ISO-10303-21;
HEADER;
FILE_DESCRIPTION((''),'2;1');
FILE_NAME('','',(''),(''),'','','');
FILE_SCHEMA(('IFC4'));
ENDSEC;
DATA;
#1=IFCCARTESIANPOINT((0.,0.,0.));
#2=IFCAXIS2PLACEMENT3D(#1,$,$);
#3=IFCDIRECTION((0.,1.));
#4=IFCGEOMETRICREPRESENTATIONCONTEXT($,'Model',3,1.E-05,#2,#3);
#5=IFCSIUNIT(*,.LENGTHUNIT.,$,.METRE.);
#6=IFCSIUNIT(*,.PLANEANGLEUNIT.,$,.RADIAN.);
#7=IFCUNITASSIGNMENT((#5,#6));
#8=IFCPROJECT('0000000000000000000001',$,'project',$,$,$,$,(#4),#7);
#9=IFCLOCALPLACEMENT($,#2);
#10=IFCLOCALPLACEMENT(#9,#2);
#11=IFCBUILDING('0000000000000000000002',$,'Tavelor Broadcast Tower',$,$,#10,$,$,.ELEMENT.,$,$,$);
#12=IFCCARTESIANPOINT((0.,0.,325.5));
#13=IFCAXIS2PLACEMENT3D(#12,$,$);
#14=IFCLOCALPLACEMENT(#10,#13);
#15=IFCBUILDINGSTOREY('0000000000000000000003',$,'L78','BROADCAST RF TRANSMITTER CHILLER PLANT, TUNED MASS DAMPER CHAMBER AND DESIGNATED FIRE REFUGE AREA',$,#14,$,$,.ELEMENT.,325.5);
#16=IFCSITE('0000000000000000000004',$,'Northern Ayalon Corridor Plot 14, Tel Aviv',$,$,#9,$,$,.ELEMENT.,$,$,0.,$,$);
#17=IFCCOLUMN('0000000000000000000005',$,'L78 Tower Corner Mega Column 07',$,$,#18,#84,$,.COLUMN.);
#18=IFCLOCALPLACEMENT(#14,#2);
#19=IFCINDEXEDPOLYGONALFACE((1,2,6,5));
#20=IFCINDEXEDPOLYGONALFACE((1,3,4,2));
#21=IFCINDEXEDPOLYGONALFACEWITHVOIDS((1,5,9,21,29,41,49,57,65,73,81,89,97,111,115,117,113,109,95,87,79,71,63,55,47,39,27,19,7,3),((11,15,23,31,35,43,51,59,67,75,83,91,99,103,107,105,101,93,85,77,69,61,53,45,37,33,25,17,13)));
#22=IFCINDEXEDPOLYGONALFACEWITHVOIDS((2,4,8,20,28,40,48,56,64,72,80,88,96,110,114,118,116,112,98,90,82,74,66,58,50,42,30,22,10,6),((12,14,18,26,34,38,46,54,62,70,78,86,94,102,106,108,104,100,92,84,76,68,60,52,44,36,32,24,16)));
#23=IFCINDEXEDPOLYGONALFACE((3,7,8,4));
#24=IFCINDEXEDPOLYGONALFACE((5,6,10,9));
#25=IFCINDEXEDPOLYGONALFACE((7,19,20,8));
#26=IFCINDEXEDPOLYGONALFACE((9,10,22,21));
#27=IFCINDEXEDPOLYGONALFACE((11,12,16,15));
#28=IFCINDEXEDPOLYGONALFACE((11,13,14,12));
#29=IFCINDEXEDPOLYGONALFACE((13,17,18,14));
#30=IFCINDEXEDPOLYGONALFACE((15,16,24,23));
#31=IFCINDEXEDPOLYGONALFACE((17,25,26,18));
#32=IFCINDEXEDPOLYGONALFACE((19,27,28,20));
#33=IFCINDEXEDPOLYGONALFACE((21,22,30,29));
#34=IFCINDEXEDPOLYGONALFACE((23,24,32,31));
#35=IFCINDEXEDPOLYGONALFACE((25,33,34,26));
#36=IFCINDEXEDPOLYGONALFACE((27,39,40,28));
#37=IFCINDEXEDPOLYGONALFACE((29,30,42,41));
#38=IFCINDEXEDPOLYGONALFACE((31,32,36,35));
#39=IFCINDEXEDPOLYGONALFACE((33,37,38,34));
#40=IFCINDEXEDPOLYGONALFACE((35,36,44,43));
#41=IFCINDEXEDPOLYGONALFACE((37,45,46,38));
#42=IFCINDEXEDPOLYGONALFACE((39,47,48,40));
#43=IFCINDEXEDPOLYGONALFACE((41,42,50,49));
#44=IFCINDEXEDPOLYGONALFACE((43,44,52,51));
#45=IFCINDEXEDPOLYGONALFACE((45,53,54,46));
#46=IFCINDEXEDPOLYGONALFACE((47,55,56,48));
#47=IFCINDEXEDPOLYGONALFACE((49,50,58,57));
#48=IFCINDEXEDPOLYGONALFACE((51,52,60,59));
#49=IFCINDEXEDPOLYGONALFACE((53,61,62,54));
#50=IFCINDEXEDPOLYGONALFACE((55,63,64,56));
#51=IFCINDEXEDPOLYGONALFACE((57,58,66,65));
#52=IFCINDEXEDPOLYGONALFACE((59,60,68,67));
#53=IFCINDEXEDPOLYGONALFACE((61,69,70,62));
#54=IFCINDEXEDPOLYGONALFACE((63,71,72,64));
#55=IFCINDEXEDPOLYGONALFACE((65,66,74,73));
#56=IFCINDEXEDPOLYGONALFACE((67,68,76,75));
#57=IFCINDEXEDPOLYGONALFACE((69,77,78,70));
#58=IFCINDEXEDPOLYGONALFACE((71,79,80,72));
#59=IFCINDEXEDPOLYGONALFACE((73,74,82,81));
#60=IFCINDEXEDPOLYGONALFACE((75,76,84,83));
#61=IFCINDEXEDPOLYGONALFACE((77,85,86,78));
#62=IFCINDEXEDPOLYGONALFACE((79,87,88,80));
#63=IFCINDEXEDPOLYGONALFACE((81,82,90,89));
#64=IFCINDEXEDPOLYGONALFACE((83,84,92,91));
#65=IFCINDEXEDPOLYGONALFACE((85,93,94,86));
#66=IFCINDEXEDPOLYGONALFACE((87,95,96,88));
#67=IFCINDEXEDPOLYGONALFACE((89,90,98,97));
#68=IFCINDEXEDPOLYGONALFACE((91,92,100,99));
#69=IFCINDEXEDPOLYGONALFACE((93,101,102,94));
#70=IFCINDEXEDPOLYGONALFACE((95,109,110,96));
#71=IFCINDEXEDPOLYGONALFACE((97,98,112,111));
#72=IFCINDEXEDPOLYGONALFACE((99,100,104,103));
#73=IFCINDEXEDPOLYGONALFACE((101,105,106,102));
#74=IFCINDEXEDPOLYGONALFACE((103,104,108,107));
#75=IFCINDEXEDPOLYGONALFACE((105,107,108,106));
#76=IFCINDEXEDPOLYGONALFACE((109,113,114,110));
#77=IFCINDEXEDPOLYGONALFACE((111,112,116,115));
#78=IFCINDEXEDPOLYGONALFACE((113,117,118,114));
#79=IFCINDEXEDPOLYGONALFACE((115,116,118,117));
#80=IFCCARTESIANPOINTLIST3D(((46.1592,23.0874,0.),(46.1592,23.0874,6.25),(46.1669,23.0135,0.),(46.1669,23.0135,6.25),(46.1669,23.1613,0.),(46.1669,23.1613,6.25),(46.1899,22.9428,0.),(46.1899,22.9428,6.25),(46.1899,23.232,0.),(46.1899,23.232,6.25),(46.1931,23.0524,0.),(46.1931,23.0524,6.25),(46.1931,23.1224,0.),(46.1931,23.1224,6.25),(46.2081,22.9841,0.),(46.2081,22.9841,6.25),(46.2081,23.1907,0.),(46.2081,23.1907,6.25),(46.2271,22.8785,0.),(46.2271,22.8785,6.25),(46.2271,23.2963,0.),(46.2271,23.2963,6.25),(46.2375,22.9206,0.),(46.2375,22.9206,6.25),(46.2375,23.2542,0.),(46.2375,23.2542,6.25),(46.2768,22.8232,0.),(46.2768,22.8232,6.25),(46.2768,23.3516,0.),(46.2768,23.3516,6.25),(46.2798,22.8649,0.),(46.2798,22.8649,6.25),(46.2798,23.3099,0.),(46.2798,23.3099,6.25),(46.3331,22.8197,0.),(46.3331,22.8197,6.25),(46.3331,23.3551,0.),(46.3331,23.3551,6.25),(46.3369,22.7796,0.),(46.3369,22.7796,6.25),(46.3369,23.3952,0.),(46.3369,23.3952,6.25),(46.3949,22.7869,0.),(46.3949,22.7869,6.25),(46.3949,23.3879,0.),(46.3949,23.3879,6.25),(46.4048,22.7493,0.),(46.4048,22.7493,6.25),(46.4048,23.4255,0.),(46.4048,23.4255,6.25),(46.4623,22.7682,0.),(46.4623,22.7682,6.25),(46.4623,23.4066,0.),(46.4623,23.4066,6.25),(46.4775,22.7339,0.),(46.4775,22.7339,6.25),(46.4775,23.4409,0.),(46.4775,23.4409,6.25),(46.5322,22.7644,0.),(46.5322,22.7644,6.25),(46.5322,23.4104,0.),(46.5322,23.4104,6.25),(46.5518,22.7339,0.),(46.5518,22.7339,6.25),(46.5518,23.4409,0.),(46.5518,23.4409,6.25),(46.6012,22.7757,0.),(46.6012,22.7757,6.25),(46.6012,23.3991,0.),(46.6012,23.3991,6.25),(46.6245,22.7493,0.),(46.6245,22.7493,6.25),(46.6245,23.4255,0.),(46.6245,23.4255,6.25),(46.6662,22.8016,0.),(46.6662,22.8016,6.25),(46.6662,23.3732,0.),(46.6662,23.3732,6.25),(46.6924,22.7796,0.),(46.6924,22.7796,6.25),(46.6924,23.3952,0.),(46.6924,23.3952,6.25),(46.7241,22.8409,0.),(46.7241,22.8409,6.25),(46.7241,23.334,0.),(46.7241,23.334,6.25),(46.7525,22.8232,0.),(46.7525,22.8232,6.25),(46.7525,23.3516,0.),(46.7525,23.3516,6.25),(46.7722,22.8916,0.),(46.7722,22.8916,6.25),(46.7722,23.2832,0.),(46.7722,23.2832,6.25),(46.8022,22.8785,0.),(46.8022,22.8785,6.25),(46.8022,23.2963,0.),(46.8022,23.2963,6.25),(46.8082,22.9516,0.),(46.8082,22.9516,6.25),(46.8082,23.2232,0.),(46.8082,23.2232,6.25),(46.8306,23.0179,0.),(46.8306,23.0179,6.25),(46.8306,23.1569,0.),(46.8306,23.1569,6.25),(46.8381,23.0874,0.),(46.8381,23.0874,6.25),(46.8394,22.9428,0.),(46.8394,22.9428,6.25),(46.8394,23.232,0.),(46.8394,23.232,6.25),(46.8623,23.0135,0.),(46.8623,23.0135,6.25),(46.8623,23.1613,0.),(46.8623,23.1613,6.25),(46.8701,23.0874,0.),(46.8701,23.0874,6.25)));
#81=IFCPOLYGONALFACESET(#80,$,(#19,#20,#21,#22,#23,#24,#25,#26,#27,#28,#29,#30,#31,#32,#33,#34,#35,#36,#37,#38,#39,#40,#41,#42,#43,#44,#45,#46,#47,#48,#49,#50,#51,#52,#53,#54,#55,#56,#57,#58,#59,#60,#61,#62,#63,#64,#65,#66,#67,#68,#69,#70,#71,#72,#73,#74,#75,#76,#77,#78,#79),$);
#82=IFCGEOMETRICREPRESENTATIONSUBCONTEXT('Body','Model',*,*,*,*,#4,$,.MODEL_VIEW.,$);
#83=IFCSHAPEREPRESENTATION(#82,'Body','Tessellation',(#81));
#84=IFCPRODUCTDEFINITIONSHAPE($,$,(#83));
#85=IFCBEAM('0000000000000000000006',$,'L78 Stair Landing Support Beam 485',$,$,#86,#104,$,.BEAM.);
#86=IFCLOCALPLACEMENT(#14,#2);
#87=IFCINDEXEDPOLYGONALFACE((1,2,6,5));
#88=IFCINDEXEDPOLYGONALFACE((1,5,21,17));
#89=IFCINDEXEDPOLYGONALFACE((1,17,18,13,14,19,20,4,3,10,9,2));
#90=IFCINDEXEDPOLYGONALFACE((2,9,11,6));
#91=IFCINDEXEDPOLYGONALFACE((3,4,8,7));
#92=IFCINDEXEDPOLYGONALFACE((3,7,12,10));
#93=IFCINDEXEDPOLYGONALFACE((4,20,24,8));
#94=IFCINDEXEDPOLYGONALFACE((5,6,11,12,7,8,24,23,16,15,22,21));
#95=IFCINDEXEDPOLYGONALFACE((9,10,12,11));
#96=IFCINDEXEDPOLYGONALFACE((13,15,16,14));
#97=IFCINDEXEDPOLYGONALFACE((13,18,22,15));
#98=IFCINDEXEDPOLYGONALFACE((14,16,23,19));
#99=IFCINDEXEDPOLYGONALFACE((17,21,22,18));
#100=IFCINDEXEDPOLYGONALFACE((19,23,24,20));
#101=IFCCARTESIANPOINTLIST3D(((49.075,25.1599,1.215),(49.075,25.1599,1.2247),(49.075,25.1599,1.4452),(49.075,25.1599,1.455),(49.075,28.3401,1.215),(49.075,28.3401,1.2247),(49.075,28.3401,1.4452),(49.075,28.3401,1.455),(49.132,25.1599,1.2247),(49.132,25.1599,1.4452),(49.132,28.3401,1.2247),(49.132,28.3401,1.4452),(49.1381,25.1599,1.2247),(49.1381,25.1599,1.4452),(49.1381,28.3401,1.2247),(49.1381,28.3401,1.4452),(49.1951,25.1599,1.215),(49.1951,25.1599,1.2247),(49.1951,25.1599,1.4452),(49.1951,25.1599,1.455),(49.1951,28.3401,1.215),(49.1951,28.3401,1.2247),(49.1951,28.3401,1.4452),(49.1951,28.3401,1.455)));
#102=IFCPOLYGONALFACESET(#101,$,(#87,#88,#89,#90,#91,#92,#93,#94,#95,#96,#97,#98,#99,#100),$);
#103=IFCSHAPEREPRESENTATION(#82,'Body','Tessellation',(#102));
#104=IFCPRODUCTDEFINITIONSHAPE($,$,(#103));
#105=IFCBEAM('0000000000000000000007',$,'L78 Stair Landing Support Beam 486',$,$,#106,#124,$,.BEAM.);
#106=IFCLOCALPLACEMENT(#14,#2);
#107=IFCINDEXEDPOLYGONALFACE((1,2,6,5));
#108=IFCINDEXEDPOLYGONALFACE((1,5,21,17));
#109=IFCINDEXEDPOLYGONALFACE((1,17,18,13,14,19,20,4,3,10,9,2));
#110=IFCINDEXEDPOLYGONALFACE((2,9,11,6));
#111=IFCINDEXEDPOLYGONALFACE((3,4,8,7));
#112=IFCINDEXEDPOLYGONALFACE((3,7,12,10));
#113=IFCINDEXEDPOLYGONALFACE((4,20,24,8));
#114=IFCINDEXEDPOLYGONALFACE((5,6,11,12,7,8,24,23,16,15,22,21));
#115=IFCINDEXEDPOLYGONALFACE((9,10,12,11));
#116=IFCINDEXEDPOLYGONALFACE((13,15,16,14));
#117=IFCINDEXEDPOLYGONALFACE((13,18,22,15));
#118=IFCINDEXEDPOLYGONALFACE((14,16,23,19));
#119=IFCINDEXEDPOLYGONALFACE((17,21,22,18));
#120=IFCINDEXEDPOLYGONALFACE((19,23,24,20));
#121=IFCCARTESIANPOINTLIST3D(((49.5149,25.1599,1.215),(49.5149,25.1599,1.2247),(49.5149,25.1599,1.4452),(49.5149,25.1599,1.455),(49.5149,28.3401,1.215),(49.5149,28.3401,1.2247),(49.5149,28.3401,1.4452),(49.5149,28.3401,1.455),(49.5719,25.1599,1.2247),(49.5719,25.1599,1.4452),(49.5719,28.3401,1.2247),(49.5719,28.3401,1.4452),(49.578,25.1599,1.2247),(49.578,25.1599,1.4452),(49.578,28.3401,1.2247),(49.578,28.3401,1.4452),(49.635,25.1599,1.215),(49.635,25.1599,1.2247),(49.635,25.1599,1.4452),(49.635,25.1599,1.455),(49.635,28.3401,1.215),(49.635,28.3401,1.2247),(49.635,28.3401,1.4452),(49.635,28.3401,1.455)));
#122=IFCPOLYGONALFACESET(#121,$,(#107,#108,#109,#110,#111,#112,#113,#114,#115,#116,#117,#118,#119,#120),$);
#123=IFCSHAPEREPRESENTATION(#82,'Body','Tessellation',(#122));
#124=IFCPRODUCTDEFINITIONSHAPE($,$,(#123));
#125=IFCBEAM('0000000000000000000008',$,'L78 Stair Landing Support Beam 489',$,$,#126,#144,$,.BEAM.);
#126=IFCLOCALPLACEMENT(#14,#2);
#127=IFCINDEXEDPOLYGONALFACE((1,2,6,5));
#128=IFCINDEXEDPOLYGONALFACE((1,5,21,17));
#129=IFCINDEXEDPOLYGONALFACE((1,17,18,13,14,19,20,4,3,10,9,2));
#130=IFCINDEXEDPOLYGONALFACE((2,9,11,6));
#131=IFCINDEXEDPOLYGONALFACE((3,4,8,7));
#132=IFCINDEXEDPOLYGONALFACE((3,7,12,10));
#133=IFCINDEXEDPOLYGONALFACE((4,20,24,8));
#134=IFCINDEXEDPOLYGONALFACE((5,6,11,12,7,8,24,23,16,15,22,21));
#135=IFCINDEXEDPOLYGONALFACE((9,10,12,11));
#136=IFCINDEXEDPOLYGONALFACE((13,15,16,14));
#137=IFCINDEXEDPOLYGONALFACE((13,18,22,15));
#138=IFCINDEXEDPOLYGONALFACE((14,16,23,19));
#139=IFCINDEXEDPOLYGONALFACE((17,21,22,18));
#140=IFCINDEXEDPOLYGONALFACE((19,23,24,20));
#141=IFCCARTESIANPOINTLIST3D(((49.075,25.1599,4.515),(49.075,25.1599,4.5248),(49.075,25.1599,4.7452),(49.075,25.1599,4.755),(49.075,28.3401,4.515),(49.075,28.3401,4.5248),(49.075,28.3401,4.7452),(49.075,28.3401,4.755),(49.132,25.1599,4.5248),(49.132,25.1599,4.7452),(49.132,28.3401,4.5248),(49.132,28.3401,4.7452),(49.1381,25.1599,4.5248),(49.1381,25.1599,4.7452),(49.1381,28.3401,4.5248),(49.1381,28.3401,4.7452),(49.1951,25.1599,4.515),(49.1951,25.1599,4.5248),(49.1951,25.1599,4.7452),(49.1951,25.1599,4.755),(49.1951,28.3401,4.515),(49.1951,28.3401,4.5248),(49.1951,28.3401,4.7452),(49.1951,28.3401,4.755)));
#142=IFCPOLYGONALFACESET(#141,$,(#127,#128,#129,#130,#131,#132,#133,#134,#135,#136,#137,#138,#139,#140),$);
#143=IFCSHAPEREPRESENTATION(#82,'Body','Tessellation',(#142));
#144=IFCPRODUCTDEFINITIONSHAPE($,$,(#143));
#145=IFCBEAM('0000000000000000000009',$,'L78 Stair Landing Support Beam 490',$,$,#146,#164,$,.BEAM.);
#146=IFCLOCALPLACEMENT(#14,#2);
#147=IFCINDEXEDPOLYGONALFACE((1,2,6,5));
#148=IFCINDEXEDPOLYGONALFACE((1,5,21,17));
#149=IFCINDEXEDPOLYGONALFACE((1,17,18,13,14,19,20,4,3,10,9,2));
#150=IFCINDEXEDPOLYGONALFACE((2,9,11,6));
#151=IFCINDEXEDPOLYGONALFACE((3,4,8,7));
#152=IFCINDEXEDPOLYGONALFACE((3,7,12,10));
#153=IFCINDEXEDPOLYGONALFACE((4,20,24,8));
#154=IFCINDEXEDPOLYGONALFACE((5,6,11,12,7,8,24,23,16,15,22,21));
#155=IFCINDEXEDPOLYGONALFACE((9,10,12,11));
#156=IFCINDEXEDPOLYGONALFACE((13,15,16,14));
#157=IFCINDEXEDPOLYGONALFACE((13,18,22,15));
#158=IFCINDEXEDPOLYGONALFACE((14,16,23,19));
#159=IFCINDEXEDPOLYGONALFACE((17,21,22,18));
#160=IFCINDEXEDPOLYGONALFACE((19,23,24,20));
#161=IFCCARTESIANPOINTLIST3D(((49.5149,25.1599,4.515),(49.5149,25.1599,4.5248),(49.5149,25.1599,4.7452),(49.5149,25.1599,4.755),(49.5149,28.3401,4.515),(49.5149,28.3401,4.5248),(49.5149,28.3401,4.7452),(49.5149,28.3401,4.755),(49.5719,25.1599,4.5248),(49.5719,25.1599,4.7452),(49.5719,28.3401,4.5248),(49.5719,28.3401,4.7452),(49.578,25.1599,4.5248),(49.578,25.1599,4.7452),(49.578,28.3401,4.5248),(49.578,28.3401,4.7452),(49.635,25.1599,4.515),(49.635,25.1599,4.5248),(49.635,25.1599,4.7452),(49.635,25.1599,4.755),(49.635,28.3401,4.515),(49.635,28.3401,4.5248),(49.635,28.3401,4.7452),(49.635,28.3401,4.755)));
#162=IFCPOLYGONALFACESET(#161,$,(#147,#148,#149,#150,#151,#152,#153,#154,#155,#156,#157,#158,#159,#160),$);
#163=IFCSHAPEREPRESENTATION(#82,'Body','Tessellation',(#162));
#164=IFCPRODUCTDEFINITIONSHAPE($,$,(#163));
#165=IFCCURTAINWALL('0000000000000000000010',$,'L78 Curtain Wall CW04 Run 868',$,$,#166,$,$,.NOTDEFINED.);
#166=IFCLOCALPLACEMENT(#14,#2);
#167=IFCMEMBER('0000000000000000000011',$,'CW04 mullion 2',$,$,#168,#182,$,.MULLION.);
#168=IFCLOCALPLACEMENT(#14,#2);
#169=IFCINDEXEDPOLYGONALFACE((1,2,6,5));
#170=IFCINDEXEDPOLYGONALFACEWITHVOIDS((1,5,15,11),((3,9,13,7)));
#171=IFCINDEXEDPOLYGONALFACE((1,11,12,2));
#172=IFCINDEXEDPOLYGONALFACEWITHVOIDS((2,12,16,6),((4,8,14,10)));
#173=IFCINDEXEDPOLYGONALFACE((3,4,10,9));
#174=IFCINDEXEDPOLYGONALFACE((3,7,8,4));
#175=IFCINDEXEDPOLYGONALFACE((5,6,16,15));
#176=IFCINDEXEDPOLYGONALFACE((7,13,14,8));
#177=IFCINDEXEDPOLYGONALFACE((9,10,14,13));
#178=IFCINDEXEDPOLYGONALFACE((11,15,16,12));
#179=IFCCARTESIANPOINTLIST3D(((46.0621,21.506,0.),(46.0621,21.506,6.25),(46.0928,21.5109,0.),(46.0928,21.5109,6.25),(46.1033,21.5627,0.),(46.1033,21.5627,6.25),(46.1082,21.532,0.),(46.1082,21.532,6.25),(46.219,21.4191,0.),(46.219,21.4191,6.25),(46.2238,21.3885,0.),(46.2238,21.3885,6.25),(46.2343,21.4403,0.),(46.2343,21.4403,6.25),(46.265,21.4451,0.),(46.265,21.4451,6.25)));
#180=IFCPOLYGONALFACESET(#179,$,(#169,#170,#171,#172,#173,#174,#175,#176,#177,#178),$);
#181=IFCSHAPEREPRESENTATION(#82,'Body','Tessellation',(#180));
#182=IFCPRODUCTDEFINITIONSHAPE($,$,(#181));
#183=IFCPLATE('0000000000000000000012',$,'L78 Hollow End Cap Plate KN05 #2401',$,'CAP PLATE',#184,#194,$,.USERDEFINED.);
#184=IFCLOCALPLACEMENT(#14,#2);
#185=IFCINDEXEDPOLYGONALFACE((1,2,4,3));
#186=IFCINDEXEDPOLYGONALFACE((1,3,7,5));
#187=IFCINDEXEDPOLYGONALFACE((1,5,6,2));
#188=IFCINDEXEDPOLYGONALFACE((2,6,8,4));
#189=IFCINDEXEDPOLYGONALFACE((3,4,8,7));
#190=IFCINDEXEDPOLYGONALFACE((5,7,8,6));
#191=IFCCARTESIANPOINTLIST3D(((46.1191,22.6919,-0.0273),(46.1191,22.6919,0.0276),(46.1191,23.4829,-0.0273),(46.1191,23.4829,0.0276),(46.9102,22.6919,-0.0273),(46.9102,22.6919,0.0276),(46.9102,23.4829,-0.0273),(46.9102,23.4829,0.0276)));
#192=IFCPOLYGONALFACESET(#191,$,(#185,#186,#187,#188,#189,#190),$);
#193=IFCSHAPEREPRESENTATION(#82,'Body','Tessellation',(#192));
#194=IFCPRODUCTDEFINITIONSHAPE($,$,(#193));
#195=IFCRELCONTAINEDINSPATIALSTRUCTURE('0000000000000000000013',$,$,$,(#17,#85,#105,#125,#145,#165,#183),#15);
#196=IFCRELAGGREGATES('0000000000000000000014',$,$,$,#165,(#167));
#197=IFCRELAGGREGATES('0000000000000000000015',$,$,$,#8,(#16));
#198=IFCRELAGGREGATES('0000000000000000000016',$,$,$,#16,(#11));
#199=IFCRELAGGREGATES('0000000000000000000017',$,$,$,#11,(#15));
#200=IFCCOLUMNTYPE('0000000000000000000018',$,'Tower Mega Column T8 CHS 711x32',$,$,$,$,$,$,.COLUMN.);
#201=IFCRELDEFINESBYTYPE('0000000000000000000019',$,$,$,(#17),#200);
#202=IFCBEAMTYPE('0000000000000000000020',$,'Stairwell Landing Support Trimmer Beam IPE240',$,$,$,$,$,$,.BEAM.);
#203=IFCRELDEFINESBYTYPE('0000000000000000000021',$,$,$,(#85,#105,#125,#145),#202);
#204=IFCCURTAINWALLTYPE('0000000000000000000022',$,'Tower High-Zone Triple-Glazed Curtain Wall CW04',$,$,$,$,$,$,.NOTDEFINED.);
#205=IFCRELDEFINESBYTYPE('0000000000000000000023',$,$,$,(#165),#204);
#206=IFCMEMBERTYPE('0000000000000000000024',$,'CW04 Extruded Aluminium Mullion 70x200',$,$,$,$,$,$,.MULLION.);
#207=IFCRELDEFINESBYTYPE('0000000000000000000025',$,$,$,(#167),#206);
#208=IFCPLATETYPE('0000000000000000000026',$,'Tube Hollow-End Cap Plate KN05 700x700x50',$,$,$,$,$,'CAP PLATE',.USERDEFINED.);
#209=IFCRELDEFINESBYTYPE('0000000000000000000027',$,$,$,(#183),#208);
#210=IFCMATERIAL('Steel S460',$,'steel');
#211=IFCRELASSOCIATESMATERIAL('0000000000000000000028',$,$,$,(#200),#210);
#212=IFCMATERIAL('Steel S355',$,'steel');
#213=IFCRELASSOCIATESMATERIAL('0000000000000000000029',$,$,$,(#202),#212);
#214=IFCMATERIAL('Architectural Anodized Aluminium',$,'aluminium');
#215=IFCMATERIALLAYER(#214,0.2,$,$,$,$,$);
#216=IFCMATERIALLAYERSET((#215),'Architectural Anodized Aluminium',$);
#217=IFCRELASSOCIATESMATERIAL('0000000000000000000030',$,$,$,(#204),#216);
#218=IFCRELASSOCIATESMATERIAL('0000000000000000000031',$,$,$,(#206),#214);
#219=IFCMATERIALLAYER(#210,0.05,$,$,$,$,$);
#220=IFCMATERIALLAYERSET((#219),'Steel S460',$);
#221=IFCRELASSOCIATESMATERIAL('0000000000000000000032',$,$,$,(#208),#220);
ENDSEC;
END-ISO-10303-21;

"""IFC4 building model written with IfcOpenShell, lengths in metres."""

from ifc_helpers import new_model, si_unit, direction, frame, origin, origin_2d, place, context, subcontext, project, spatial, rectangle, hollow_rectangle, hollow_circle, i_section, extrude, source, transform, mapped, material, layer, layer_set, material_profile, profile_set, type_object, type_shapes, element, aggregate, save


model = new_model("IFC4")

# Units and contexts
model_context = context("Model", 3, precision=1e-05, world=origin(), true_north=direction((0.0, 1.0)))
body_context = subcontext(model_context, "Body", "Model", "MODEL_VIEW")
ifc_project = project(units=[si_unit("LENGTHUNIT", "METRE"), si_unit("PLANEANGLEUNIT", "RADIAN")], contexts=[model_context])

# Site, building, storey
site_placement = place(None, origin())
site = spatial("IfcSite", under=ifc_project, at=site_placement, Name="Northern Ayalon Corridor Plot 14, Tel Aviv", CompositionType="ELEMENT", RefElevation=0.0)
building_placement = place(site_placement, origin())
building = spatial("IfcBuilding", under=site, at=building_placement, Name="Tavelor Broadcast Tower", CompositionType="ELEMENT")
storey_placement = place(building_placement, frame((0.0, 0.0, 325.5)))
storey = spatial("IfcBuildingStorey", under=building, at=storey_placement, Name="L78", Description="BROADCAST RF TRANSMITTER CHILLER PLANT, TUNED MASS DAMPER CHAMBER AND DESIGNATED FIRE REFUGE AREA", CompositionType="ELEMENT", Elevation=325.5)

# Column
ifc_material_1 = material(Name="Steel S460", Category="steel")
ifc_material_profile_1 = material_profile(ifc_material_1, hollow_circle(Radius=0.3555, WallThickness=0.032, at=origin_2d()), Name="CHS 711x32")
ifc_profile_set_1 = profile_set([ifc_material_profile_1], Name="Steel S460")
column_type = type_object("IfcColumnType", Name="Tower Mega Column T8 CHS 711x32", PredefinedType="COLUMN", material=ifc_profile_set_1)
column_placement = place(storey_placement, frame((46.5146, 23.0874, 0.0), z_axis=(0.0, 0.0, 1.0), x_axis=(1.0, 0.0, 0.0)))
element("IfcColumn", 1, at=column_placement, inside=storey, type_object=column_type, Name="L78 Tower Corner Mega Column 07", PredefinedType="COLUMN", context=body_context, shape_type="SweptSolid", body=[
    extrude(hollow_circle(Radius=0.3555, WallThickness=0.032, at=origin_2d()), origin(), (0.0, 0.0, 1.0), 6.25),
])

# Beams
ifc_material_2 = material(Name="Steel S355", Category="steel")
ifc_material_profile_2 = material_profile(ifc_material_2, i_section(OverallWidth=0.1201, OverallDepth=0.24, WebThickness=0.0061, FlangeThickness=0.0098, at=origin_2d()), Name="IPE 240")
ifc_profile_set_2 = profile_set([ifc_material_profile_2], Name="Steel S355")
beam_type = type_object("IfcBeamType", Name="Stairwell Landing Support Trimmer Beam IPE240", PredefinedType="BEAM", material=ifc_profile_set_2)
for number, where, z_axis, x_axis, name in (
    (2, (49.135, 25.1599, 1.335), (0.0, 1.0, 0.0), (-1.0, 0.0, 0.0), "L78 Stair Landing Support Beam 485"),
    (3, (49.575, 25.1599, 1.335), (0.0, 1.0, 0.0), (-1.0, 0.0, 0.0), "L78 Stair Landing Support Beam 486"),
    (4, (49.135, 25.1599, 4.635), (0.0, 1.0, 0.0), (-1.0, 0.0, 0.0), "L78 Stair Landing Support Beam 489"),
    (5, (49.575, 25.1599, 4.635), (0.0, 1.0, 0.0), (-1.0, 0.0, 0.0), "L78 Stair Landing Support Beam 490"),
):
    element("IfcBeam", number, at=place(storey_placement, frame(where, z_axis=z_axis, x_axis=x_axis)), inside=storey, type_object=beam_type, Name=name, PredefinedType="BEAM", context=body_context, shape_type="SweptSolid", body=[
        extrude(i_section(OverallWidth=0.1201, OverallDepth=0.24, WebThickness=0.0061, FlangeThickness=0.0098, at=origin_2d()), origin(), (0.0, 0.0, 1.0), 3.1802),
    ])

# Curtain wall, member
ifc_material_3 = material(Name="Architectural Anodized Aluminium", Category="aluminium")
ifc_layer_1 = layer(ifc_material_3, 0.2)
ifc_layer_set_1 = layer_set([ifc_layer_1], Name="Architectural Anodized Aluminium")
curtain_wall_type = type_object("IfcCurtainWallType", Name="Tower High-Zone Triple-Glazed Curtain Wall CW04", PredefinedType="NOTDEFINED", material=ifc_layer_set_1)
curtain_wall_placement = place(storey_placement, origin())
curtain_wall = element("IfcCurtainWall", 6, at=curtain_wall_placement, inside=storey, type_object=curtain_wall_type, Name="L78 Curtain Wall CW04 Run 868", PredefinedType="NOTDEFINED")
ifc_material_profile_3 = material_profile(ifc_material_3, hollow_rectangle(XDim=0.0701, YDim=0.2, WallThickness=0.022, at=origin_2d()), Name="RHS 70x200x22")
ifc_profile_set_3 = profile_set([ifc_material_profile_3], Name="Architectural Anodized Aluminium")
member_type = type_object("IfcMemberType", Name="CW04 Extruded Aluminium Mullion 70x200", PredefinedType="MULLION", material=ifc_profile_set_3)
shared_shape_1 = source(origin(), body_context, "Body", "SweptSolid", [
    extrude(hollow_rectangle(XDim=0.0701, YDim=0.2, WallThickness=0.022, at=origin_2d()), origin(), (0.0, 0.0, 1.0), 6.25),
])
type_shapes(member_type, [shared_shape_1])
member_placement = place(storey_placement, frame((46.1636, 21.4756, 0.0), z_axis=(0.0, 0.0, 1.0), x_axis=(0.588118, 0.808775, 0.0)))
member = element("IfcMember", 7, at=member_placement, type_object=member_type, Name="CW04 mullion 2", PredefinedType="MULLION", context=body_context, shape_type="MappedRepresentation", body=[
    mapped(shared_shape_1, transform((0.0, 0.0, 0.0), scale=1.0)),
])
aggregate(curtain_wall, [member])

# Plate
ifc_layer_2 = layer(ifc_material_1, 0.05)
ifc_layer_set_2 = layer_set([ifc_layer_2], Name="Steel S460")
plate_type = type_object("IfcPlateType", Name="Tube Hollow-End Cap Plate KN05 700x700x50", ElementType="CAP PLATE", PredefinedType="USERDEFINED", material=ifc_layer_set_2)
shared_shape_2 = source(origin(), body_context, "Body", "SweptSolid", [
    extrude(rectangle(XDim=0.791, YDim=0.791, at=origin_2d()), origin(), (0.0, 0.0, 1.0), 0.0549),
])
type_shapes(plate_type, [shared_shape_2])
for number, where, z_axis, x_axis, name in (
    (8, (46.5146, 23.0874, -0.0273), (0.0, 0.0, 1.0), (1.0, 0.0, 0.0), "L78 Hollow End Cap Plate KN05 #2401"),
):
    element("IfcPlate", number, at=place(storey_placement, frame(where, z_axis=z_axis, x_axis=x_axis)), inside=storey, type_object=plate_type, Name=name, ObjectType="CAP PLATE", PredefinedType="USERDEFINED", context=body_context, shape_type="MappedRepresentation", body=[
        mapped(shared_shape_2, transform((0.0, 0.0, 0.0), scale=1.0)),
    ])

save(model, "model.ifc")
